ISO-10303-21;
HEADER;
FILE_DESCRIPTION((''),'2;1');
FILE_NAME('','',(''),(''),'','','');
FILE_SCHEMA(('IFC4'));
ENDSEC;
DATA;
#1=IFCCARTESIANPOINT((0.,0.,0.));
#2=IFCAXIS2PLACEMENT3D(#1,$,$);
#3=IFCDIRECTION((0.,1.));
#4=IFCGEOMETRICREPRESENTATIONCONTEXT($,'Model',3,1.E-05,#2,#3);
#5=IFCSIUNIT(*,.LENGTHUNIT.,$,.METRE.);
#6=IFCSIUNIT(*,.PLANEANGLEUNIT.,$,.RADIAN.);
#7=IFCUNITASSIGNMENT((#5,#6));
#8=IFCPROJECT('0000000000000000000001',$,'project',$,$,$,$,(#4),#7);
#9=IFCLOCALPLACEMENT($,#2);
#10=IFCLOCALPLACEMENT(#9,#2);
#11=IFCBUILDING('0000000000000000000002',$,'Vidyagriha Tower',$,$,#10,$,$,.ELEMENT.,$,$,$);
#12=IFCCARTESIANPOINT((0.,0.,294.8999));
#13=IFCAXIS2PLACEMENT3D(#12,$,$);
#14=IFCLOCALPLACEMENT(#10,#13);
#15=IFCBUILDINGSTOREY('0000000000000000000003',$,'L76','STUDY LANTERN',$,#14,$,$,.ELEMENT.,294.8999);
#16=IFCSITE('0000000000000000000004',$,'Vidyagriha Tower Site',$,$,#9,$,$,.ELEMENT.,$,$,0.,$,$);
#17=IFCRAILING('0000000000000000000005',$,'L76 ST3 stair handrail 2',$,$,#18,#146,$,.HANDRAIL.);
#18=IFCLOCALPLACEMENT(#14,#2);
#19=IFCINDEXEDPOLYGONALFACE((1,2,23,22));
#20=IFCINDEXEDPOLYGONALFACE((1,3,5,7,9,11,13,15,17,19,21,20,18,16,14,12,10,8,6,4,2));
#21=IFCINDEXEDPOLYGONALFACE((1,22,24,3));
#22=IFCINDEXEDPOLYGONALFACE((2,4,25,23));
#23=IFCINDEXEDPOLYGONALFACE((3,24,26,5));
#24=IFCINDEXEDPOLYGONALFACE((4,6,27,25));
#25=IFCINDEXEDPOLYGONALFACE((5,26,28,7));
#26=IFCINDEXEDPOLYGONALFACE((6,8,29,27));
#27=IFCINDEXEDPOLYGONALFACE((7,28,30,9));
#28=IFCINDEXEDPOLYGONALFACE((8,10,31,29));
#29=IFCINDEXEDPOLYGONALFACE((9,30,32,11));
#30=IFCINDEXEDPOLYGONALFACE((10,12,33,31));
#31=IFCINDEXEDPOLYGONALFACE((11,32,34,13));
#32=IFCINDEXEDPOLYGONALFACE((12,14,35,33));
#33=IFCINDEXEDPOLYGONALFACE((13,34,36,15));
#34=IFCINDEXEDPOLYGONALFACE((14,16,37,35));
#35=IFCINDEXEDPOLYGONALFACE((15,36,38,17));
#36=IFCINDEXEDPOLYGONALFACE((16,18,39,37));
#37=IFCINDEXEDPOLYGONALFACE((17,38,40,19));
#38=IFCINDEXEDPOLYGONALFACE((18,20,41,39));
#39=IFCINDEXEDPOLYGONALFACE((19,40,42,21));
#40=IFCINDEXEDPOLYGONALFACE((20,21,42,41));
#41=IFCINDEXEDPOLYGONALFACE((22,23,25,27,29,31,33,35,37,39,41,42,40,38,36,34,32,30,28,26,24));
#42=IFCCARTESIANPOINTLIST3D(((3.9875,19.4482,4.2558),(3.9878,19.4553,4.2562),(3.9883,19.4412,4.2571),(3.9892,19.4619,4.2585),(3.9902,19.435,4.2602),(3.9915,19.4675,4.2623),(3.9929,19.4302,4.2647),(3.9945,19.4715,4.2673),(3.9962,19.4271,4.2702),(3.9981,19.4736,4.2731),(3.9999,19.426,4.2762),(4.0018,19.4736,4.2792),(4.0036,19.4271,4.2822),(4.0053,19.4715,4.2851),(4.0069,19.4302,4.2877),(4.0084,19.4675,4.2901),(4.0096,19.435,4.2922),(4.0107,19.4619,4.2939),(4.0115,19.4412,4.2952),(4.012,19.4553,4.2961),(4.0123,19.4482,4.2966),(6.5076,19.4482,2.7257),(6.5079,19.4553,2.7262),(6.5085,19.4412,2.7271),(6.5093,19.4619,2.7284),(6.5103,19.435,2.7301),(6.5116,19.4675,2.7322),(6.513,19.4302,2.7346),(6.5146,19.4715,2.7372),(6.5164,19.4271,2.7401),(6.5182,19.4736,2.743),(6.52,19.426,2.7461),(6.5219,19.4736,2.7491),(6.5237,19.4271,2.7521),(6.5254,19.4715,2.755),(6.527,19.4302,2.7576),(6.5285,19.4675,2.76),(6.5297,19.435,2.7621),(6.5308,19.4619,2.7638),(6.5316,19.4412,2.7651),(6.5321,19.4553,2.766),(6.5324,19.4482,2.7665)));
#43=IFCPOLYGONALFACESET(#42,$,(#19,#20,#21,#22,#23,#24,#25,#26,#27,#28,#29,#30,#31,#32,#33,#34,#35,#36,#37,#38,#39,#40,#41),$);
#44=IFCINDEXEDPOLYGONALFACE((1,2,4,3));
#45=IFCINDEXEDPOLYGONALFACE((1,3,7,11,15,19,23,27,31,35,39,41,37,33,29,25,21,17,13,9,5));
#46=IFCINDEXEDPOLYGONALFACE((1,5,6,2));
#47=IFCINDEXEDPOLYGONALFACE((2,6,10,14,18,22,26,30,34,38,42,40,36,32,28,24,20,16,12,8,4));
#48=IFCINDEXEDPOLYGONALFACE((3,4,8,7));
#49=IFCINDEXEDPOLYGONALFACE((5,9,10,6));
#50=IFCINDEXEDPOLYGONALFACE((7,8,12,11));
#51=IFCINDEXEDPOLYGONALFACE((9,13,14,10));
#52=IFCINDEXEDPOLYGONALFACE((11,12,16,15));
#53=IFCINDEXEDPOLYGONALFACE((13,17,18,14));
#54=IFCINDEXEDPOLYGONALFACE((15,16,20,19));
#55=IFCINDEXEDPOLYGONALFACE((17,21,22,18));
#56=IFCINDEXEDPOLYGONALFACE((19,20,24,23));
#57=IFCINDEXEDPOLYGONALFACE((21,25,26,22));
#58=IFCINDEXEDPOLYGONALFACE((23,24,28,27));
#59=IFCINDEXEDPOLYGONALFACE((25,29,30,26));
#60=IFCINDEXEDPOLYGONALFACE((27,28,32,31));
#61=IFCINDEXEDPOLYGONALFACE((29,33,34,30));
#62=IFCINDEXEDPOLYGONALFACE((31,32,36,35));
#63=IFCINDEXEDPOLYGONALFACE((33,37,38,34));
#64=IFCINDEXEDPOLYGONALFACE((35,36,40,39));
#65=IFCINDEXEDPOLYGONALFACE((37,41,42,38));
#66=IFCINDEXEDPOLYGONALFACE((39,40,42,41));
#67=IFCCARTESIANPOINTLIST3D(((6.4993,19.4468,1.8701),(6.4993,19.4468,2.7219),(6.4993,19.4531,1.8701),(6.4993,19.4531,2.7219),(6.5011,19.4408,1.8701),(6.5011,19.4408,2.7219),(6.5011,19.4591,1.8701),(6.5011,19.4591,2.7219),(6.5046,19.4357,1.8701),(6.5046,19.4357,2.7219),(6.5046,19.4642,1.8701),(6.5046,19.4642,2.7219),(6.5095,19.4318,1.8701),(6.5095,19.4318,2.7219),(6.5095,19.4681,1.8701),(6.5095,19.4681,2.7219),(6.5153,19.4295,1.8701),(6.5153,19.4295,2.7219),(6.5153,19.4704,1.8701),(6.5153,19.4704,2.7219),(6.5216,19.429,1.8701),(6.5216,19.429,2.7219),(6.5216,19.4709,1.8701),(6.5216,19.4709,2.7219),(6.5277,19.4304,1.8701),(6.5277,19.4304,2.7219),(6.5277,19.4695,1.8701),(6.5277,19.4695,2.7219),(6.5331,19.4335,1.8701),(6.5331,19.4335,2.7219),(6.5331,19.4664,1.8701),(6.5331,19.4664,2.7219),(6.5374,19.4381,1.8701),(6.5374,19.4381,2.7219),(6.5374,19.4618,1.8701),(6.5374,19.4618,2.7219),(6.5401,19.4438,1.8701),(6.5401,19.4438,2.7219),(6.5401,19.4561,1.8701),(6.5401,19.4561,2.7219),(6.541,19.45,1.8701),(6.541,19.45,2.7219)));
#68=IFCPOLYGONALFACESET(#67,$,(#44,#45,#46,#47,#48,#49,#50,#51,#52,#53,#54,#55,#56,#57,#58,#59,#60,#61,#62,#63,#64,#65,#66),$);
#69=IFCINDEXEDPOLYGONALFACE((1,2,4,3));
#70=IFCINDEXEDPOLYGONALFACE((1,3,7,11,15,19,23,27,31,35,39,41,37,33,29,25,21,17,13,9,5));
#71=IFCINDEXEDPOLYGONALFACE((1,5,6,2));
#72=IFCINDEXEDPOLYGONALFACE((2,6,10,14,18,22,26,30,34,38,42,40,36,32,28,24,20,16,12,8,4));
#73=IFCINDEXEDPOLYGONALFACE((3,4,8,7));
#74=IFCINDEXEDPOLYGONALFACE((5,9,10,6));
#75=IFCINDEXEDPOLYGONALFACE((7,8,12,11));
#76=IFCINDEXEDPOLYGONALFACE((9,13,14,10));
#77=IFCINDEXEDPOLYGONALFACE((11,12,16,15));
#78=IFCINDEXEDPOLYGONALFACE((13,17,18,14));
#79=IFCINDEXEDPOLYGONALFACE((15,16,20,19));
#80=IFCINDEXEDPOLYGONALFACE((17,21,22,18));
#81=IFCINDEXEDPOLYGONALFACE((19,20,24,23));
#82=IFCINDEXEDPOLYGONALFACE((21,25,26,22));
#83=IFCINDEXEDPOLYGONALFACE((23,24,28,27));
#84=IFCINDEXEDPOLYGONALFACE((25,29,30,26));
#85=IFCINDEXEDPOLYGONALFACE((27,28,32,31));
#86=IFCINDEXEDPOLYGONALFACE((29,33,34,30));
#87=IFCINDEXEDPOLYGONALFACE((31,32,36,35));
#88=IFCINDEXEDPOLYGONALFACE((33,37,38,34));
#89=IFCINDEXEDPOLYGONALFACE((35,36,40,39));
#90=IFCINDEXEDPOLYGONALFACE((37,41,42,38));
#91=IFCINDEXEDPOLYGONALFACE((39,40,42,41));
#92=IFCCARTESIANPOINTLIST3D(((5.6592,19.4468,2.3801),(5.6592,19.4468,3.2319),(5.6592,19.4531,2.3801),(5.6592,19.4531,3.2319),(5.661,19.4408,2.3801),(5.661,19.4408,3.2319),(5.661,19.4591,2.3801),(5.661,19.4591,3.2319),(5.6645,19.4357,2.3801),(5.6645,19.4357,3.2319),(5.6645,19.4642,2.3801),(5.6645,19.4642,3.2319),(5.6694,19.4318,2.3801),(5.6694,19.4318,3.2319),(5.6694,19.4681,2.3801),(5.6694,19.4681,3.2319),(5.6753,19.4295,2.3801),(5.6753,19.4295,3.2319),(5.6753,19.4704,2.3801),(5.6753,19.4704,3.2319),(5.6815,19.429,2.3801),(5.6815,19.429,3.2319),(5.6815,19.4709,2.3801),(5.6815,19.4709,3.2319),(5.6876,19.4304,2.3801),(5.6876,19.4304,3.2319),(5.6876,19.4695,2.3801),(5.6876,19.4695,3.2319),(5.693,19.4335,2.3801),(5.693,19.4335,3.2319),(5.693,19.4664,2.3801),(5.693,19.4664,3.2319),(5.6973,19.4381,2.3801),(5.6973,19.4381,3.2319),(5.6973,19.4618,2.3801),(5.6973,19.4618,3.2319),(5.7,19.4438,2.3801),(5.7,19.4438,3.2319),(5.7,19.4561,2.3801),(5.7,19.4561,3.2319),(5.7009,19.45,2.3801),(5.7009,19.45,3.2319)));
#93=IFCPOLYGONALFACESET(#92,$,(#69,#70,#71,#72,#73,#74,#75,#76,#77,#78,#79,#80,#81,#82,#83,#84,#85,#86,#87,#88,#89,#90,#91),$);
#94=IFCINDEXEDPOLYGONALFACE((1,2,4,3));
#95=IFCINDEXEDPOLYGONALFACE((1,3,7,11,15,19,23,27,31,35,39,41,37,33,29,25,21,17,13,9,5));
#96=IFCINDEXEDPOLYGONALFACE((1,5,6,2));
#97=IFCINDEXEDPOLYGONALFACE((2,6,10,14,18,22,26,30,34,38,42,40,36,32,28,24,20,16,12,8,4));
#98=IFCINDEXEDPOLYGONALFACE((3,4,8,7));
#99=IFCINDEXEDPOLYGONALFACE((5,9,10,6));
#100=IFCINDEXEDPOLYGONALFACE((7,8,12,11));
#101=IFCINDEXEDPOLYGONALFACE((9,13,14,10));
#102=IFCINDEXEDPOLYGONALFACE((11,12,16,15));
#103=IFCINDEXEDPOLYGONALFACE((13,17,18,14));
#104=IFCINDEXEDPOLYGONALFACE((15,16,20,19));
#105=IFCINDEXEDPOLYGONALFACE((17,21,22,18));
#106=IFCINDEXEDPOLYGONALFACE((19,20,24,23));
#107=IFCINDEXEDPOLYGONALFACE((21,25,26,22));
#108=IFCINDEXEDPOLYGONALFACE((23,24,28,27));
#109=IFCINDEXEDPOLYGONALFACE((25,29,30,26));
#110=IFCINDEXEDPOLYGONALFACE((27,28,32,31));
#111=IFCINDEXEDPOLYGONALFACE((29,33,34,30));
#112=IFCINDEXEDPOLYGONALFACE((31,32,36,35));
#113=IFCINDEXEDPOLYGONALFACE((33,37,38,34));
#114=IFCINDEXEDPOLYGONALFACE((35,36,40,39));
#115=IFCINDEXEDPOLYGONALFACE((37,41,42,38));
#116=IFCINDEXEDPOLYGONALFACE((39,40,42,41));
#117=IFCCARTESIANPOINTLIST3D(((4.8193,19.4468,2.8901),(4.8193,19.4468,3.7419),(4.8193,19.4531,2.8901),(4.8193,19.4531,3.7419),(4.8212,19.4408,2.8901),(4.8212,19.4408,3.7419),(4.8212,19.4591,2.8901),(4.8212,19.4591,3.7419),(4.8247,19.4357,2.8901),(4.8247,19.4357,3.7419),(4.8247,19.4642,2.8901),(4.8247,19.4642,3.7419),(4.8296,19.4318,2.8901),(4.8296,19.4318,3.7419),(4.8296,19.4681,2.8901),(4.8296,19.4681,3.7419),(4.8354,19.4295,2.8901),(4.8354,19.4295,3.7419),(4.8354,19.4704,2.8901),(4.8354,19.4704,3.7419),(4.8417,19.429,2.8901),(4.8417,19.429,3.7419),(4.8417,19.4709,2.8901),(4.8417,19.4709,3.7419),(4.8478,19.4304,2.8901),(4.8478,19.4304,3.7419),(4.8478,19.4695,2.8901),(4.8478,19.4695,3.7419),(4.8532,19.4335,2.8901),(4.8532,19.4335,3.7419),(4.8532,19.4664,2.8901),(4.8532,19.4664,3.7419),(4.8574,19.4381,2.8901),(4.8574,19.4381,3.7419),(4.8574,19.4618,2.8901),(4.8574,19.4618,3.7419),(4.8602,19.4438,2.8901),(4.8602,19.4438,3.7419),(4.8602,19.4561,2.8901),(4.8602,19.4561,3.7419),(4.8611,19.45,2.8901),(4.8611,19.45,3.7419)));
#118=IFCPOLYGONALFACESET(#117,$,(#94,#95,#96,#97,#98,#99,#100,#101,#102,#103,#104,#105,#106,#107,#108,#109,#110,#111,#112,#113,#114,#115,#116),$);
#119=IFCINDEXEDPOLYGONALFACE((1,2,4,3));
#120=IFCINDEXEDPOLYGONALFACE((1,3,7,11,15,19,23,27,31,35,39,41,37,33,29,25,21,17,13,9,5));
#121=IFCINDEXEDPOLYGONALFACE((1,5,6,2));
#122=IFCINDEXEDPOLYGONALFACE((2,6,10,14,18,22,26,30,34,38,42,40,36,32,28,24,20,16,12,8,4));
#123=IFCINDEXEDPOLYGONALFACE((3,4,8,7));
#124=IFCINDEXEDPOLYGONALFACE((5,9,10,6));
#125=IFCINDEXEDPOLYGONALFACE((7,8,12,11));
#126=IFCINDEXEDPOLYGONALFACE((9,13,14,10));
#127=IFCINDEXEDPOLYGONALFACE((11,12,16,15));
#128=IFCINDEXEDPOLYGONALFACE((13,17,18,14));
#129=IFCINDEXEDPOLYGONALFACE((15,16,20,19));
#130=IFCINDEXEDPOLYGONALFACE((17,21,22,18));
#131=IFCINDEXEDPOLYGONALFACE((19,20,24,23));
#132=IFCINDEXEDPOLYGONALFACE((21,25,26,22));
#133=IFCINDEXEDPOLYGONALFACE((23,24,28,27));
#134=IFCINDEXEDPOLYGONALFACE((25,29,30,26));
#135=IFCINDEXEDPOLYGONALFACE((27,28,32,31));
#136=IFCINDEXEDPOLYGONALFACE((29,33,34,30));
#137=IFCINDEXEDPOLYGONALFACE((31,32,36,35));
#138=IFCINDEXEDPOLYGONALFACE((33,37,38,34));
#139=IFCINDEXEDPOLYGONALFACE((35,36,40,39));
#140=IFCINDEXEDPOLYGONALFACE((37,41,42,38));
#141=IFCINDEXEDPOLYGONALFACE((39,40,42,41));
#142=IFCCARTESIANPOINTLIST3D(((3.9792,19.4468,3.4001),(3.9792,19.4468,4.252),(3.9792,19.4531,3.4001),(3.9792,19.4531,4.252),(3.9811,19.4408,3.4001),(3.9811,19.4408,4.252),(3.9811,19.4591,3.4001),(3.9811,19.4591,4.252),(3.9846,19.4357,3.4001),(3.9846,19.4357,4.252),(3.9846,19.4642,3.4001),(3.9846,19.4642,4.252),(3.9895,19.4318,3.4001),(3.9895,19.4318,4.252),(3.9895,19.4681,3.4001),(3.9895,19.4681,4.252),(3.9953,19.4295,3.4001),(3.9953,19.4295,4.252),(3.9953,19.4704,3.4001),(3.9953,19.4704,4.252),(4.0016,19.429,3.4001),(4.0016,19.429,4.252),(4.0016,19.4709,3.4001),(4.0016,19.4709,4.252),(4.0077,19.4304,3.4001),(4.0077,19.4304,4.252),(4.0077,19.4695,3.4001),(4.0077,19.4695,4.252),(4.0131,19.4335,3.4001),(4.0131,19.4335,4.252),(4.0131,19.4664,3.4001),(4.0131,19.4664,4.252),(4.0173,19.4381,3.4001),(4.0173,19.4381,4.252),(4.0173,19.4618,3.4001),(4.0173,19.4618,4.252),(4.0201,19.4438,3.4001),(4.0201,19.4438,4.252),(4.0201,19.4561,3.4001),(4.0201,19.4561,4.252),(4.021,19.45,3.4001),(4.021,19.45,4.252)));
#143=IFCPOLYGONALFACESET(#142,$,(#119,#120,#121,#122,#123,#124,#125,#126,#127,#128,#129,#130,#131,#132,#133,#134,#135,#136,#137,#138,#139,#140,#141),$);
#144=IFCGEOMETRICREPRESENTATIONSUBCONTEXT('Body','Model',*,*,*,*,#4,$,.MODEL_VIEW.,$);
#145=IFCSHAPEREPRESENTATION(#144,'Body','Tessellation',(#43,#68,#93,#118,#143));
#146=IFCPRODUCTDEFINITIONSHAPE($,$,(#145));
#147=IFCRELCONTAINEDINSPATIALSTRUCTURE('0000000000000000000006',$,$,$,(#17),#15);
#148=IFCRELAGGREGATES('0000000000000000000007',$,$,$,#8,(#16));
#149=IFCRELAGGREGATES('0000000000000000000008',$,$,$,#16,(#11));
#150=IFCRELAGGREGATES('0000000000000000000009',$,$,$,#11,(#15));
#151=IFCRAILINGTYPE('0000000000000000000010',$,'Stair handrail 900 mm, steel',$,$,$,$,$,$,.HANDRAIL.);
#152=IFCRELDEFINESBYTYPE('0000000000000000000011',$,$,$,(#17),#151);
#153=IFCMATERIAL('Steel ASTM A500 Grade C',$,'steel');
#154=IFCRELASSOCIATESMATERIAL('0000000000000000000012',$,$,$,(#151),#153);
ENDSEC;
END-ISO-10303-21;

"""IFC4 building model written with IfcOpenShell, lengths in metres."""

from ifc_helpers import new_model, si_unit, direction, frame, origin, origin_2d, place, context, subcontext, project, spatial, circle, extrude, material, type_object, element, save


model = new_model("IFC4")

# Units and contexts
model_context = context("Model", 3, precision=1e-05, world=origin(), true_north=direction((0.0, 1.0)))
body_context = subcontext(model_context, "Body", "Model", "MODEL_VIEW")
ifc_project = project(units=[si_unit("LENGTHUNIT", "METRE"), si_unit("PLANEANGLEUNIT", "RADIAN")], contexts=[model_context])

# Site, building, storey
site_placement = place(None, origin())
site = spatial("IfcSite", under=ifc_project, at=site_placement, Name="Vidyagriha Tower Site", CompositionType="ELEMENT", RefElevation=0.0)
building_placement = place(site_placement, origin())
building = spatial("IfcBuilding", under=site, at=building_placement, Name="Vidyagriha Tower", CompositionType="ELEMENT")
storey_placement = place(building_placement, frame((0.0, 0.0, 294.8999)))
storey = spatial("IfcBuildingStorey", under=building, at=storey_placement, Name="L76", Description="STUDY LANTERN", CompositionType="ELEMENT", Elevation=294.8999)

# Railing
ifc_material_1 = material(Name="Steel ASTM A500 Grade C", Category="steel")
railing_type_1 = type_object("IfcRailingType", Name="Stair handrail 900 mm, steel", PredefinedType="HANDRAIL", material=ifc_material_1)
railing_1_placement = place(storey_placement, frame((6.52, 19.45, 1.8701)))
element("IfcRailing", 1, at=railing_1_placement, inside=storey, type_object=railing_type_1, Name="L76 ST3 stair handrail 2", PredefinedType="HANDRAIL", context=body_context, shape_type="SweptSolid", body=[
    extrude(circle(Radius=0.0239, at=origin_2d()), frame((0.0, 0.0, 0.876), z_axis=(-0.854785, 0.0, 0.518982), x_axis=(0.0, -1.0, 0.0)), (0.0, 0.0, 1.0), 2.9482),
    extrude(circle(Radius=0.021, at=origin_2d()), origin(), (0.0, 0.0, 1.0), 0.8518),
    extrude(circle(Radius=0.021, at=origin_2d()), frame((-0.8401, 0.0, 0.51)), (0.0, 0.0, 1.0), 0.8518),
    extrude(circle(Radius=0.021, at=origin_2d()), frame((-1.6799, 0.0, 1.02)), (0.0, 0.0, 1.0), 0.8518),
    extrude(circle(Radius=0.021, at=origin_2d()), frame((-2.52, 0.0, 1.53)), (0.0, 0.0, 1.0), 0.8518),
])

save(model, "model.ifc")
